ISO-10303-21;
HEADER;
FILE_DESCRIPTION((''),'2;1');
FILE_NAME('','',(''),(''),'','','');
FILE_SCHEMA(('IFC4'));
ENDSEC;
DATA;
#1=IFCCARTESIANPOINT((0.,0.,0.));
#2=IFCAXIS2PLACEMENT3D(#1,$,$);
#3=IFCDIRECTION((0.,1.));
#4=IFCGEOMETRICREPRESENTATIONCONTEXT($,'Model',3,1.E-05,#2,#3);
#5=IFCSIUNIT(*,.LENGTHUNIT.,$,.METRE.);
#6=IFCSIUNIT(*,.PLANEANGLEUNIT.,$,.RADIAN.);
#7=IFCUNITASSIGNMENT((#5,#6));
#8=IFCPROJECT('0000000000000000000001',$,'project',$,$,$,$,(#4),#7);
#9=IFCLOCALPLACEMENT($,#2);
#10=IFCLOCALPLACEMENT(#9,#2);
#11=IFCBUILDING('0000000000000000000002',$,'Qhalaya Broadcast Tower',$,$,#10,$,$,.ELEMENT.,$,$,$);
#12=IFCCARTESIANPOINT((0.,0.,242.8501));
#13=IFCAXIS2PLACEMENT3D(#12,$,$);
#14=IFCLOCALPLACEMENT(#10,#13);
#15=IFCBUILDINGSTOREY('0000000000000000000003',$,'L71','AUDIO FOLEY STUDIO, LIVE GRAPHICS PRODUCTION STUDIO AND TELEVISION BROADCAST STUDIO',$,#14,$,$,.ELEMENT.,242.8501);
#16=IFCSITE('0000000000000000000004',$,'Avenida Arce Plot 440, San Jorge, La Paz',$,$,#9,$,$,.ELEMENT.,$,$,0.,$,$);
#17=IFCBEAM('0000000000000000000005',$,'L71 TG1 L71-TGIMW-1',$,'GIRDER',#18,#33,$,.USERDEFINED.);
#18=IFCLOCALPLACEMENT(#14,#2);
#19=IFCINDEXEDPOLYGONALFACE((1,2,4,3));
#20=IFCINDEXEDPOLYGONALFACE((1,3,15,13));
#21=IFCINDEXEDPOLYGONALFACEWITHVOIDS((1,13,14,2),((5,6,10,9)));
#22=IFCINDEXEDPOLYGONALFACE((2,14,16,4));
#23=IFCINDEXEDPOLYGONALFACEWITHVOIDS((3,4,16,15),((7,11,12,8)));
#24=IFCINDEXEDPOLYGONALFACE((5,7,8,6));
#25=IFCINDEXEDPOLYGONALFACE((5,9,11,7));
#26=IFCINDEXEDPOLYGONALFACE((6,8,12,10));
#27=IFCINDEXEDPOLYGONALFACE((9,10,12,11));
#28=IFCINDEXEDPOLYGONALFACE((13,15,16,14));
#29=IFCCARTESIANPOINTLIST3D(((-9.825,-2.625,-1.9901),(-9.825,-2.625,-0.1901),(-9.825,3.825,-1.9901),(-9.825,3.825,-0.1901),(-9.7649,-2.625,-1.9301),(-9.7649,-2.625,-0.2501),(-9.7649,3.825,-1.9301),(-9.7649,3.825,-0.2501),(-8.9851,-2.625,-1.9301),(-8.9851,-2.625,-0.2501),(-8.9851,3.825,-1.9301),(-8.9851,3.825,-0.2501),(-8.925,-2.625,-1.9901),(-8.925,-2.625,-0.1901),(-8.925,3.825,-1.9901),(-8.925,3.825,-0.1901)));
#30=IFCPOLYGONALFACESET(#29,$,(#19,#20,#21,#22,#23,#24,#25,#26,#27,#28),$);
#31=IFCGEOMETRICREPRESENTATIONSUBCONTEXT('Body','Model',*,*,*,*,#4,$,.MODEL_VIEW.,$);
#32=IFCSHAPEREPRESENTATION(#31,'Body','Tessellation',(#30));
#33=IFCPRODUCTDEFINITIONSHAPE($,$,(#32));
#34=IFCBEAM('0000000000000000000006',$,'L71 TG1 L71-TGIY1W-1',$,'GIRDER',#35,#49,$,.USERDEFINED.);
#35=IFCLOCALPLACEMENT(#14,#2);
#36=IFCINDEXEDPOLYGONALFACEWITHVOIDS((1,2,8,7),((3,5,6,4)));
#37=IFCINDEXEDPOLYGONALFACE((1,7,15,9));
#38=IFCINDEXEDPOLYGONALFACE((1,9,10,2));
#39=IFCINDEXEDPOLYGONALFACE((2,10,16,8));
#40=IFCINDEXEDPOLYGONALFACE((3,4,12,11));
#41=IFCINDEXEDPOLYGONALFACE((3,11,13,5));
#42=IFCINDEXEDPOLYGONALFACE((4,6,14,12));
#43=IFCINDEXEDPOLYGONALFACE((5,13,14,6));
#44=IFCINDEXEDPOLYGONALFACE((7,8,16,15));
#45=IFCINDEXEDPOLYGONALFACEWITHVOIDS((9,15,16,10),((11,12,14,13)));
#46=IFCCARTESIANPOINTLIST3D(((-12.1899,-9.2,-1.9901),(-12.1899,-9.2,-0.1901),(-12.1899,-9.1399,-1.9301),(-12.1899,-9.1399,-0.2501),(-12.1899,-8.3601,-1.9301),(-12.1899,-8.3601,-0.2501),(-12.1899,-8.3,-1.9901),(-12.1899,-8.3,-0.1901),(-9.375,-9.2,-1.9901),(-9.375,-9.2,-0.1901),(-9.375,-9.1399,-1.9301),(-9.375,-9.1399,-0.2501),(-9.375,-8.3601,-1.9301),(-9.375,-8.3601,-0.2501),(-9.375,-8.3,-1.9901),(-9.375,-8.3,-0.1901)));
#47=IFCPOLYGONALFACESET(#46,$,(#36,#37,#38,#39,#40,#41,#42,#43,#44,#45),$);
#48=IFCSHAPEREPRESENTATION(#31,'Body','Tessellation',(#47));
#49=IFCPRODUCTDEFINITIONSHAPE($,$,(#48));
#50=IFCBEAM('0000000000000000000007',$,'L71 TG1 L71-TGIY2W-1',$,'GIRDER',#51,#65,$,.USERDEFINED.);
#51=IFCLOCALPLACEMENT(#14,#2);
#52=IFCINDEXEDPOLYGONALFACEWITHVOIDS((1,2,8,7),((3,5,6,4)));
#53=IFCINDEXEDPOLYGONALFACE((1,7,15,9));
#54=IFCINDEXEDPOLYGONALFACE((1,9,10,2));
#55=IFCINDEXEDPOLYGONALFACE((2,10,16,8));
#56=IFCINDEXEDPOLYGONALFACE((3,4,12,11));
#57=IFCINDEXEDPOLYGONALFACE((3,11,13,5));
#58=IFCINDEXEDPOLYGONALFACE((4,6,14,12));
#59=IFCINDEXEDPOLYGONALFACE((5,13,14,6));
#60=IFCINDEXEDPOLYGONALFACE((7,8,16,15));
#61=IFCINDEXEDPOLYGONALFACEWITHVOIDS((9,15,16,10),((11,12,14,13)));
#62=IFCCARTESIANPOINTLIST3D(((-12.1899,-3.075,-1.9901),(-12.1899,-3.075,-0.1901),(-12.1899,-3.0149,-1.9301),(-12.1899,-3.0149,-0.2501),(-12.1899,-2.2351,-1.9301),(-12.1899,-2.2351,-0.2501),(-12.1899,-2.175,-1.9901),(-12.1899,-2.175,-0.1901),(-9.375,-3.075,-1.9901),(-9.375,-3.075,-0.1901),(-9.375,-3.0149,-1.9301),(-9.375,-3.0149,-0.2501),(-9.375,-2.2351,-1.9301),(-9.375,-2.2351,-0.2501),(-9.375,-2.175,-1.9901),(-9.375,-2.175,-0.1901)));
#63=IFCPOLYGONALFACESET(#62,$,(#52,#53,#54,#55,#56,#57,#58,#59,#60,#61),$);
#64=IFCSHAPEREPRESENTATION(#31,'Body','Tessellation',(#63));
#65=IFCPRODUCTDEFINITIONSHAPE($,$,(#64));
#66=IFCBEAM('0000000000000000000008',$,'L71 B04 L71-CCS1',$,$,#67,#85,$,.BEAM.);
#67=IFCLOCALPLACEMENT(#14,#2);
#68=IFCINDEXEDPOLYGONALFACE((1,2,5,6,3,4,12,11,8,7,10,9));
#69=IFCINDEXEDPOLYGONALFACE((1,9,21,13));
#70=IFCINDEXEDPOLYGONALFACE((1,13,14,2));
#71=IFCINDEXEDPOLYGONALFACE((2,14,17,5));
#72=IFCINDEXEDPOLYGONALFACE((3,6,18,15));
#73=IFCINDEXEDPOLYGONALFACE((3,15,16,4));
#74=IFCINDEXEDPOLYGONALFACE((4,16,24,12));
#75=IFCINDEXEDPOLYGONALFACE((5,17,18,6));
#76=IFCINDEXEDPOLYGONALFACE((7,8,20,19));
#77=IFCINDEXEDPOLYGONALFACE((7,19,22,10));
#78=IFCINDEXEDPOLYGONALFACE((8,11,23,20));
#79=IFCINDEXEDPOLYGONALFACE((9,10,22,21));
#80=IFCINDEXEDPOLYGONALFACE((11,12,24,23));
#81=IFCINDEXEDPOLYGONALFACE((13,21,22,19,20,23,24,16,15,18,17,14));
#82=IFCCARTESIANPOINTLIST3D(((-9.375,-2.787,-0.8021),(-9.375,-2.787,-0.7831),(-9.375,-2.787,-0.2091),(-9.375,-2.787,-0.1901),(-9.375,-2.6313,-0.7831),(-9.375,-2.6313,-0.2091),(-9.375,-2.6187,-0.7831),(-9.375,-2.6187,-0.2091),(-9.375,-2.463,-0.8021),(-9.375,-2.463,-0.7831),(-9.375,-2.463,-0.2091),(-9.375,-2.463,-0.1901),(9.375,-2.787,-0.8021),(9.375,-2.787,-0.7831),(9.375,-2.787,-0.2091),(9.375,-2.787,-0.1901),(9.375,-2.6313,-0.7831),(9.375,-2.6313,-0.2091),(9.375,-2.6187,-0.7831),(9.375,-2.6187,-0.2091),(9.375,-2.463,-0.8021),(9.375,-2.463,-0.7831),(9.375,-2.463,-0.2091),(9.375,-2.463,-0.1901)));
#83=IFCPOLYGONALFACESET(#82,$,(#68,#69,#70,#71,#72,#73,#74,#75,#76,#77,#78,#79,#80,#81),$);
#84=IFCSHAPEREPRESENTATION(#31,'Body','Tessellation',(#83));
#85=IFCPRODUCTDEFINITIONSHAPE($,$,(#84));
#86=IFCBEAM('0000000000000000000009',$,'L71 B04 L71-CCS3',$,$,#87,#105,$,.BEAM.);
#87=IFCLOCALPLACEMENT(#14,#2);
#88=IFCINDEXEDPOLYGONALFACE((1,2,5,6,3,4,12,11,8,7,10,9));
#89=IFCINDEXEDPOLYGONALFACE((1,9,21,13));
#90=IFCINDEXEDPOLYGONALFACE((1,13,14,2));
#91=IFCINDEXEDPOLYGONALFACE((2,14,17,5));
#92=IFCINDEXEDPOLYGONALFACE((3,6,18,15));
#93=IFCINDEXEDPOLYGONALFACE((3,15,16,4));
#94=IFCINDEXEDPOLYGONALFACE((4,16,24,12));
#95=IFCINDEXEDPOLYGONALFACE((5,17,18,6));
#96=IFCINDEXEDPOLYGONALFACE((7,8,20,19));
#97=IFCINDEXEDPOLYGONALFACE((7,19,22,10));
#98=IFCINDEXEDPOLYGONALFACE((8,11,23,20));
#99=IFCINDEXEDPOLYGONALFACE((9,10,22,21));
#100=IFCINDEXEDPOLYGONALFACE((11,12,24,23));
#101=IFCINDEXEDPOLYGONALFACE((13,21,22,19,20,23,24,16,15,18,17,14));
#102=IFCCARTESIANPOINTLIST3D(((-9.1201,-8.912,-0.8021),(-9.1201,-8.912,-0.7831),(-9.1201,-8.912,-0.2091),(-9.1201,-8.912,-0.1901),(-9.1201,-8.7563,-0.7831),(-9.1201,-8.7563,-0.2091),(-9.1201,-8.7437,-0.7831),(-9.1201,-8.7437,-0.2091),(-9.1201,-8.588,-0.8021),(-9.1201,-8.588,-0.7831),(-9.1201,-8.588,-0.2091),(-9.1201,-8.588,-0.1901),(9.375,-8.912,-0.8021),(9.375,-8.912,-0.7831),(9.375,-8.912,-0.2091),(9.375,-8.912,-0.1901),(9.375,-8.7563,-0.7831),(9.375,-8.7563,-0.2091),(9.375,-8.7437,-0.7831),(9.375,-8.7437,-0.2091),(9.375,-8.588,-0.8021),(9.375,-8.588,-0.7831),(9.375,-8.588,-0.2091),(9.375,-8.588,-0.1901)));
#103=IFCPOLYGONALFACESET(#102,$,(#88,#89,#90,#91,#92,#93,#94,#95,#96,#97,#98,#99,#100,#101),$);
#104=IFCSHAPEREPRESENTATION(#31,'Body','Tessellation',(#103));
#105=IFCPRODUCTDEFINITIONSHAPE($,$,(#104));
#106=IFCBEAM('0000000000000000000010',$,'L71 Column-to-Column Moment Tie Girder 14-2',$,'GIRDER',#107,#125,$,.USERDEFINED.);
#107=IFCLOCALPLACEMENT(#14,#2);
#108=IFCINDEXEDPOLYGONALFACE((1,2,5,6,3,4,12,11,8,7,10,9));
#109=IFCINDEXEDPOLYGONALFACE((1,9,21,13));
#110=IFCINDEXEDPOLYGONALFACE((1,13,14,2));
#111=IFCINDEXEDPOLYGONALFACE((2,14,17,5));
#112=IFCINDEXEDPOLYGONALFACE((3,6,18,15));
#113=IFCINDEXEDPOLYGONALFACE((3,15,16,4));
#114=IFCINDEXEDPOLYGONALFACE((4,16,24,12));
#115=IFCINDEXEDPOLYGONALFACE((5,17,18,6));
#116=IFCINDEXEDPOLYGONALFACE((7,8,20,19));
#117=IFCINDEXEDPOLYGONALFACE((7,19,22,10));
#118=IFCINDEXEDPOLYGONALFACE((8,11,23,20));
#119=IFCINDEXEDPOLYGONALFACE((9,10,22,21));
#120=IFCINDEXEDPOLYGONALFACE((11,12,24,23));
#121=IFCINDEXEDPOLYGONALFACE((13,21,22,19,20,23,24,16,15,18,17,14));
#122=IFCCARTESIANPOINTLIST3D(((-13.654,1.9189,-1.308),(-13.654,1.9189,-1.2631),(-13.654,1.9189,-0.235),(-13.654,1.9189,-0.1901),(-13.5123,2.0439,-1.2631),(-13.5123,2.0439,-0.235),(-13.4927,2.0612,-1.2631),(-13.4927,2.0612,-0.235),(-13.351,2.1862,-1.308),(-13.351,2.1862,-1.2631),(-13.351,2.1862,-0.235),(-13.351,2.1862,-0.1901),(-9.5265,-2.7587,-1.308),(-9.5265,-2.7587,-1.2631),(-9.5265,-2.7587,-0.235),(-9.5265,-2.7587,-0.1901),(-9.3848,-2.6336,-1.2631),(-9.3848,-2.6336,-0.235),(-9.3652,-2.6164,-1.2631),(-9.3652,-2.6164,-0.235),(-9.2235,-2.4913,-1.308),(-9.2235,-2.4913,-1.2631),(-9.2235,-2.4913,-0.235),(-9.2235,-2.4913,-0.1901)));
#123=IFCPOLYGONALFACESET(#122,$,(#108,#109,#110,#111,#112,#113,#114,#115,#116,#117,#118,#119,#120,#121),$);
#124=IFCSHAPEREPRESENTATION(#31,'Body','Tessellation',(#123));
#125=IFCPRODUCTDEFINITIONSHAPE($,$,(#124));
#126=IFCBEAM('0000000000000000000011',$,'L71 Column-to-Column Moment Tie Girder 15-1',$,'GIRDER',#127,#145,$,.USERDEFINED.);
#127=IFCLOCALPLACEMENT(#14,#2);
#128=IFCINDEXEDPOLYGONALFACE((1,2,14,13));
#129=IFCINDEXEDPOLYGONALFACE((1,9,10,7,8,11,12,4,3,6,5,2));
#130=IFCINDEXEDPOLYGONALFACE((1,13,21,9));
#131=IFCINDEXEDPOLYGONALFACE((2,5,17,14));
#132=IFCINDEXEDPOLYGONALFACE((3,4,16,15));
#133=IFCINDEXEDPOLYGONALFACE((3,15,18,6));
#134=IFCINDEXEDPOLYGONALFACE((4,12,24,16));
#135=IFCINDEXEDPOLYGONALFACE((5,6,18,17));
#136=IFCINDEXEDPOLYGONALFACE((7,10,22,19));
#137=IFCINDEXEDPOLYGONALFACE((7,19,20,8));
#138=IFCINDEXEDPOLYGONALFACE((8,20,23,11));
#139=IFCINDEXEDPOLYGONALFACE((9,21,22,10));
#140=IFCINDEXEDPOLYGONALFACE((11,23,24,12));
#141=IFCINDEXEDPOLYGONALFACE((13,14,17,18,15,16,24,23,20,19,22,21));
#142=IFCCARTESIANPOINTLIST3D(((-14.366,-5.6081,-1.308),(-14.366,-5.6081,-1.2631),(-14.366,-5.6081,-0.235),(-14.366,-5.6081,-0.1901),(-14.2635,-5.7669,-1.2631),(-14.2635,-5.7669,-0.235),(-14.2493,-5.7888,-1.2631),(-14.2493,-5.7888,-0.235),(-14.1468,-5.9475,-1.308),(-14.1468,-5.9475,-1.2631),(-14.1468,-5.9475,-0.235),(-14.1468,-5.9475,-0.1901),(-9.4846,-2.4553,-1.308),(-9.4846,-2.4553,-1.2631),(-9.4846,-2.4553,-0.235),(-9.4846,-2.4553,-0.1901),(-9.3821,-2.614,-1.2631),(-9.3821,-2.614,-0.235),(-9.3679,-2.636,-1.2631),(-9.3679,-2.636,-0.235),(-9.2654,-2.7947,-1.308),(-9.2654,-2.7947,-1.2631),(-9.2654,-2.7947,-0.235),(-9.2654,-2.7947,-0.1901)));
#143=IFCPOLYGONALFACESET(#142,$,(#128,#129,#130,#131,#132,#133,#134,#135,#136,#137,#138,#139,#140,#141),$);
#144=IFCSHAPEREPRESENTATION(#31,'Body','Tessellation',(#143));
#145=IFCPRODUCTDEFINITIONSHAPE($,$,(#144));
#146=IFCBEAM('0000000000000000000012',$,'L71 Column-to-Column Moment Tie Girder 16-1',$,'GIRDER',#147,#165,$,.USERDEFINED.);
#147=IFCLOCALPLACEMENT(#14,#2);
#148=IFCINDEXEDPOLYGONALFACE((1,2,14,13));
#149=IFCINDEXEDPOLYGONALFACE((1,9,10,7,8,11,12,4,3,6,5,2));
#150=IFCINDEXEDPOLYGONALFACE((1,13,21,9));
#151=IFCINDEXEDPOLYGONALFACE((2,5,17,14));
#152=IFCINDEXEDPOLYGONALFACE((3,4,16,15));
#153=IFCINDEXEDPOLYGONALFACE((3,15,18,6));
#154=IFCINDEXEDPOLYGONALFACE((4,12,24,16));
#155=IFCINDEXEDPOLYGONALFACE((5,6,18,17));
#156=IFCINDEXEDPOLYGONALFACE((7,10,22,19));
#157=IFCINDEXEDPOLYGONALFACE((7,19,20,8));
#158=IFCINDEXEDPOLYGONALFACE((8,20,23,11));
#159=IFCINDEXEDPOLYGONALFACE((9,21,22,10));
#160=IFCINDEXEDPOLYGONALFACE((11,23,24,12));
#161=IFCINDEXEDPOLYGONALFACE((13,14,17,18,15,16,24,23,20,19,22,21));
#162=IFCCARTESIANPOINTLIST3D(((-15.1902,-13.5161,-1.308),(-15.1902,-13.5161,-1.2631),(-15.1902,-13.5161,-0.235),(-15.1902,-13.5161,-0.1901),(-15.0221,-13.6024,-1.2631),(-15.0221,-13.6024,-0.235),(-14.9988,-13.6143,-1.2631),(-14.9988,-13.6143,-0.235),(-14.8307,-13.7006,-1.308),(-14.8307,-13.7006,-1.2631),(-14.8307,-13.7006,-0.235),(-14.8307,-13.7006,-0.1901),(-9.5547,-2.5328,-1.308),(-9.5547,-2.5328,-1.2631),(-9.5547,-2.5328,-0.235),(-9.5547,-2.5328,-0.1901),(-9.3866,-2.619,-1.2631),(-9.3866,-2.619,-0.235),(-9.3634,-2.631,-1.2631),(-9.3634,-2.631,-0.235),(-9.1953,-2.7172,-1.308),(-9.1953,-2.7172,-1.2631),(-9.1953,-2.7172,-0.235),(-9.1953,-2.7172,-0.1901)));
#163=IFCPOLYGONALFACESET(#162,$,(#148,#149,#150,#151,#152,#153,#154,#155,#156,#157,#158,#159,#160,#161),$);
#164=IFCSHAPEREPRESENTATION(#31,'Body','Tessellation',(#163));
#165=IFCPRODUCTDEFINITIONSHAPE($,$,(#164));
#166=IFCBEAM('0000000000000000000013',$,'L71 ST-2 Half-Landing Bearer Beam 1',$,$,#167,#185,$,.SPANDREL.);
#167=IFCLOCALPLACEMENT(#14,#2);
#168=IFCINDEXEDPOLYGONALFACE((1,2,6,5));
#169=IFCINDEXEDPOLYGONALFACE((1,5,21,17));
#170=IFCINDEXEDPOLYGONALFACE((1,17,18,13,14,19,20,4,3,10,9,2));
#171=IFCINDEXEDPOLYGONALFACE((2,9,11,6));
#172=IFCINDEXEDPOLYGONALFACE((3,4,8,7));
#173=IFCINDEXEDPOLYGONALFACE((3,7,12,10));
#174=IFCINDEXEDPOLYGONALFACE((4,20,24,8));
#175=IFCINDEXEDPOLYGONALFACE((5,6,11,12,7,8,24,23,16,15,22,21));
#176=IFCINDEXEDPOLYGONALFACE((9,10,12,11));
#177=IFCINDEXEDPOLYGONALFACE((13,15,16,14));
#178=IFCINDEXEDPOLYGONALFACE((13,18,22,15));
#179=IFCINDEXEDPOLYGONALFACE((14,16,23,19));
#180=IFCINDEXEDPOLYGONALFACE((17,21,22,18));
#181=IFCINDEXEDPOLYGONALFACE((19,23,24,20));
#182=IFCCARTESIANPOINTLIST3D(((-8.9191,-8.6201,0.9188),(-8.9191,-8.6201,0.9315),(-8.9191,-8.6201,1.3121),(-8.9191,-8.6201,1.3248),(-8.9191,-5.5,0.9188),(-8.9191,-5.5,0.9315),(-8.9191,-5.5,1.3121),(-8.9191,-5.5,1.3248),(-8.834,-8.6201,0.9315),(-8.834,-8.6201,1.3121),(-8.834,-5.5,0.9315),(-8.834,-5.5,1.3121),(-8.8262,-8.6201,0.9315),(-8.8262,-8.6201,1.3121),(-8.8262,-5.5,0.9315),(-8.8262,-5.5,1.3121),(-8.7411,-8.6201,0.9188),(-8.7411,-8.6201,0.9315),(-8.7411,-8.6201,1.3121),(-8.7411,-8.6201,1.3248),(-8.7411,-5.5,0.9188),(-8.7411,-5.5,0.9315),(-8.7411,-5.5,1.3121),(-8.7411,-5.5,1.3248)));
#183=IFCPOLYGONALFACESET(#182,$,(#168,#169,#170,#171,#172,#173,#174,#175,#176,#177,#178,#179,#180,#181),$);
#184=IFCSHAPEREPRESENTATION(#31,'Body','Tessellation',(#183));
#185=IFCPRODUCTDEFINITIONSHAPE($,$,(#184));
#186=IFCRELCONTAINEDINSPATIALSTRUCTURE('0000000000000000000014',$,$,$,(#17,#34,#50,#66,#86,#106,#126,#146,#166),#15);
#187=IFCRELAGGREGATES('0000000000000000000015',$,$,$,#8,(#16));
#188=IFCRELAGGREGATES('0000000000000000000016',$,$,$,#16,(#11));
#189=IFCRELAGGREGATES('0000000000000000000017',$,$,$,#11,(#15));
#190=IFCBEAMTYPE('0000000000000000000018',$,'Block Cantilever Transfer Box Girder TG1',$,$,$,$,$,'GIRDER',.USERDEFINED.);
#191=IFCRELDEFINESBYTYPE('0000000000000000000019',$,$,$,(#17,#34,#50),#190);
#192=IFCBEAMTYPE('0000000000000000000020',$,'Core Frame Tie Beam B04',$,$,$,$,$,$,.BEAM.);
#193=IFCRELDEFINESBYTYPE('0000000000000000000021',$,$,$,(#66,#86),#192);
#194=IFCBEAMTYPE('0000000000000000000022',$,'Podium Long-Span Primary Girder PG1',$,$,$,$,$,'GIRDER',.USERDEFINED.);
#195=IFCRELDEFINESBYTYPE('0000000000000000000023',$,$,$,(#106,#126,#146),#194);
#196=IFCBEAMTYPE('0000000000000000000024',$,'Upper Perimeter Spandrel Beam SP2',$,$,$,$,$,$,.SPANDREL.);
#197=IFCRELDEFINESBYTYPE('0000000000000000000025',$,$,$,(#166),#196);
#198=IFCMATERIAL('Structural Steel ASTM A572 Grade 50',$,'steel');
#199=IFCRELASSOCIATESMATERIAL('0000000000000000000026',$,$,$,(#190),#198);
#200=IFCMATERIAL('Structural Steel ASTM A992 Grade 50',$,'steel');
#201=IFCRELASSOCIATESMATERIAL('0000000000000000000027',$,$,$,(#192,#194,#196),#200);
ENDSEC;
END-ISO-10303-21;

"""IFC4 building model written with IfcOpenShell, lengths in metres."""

from ifc_helpers import new_model, si_unit, direction, frame, origin, origin_2d, place, context, subcontext, project, spatial, hollow_rectangle, i_section, extrude, material, material_profile, profile_set, type_object, element, save


model = new_model("IFC4")

# Units and contexts
model_context = context("Model", 3, precision=1e-05, world=origin(), true_north=direction((0.0, 1.0)))
body_context = subcontext(model_context, "Body", "Model", "MODEL_VIEW")
ifc_project = project(units=[si_unit("LENGTHUNIT", "METRE"), si_unit("PLANEANGLEUNIT", "RADIAN")], contexts=[model_context])

# Site, building, storey
site_placement = place(None, origin())
site = spatial("IfcSite", under=ifc_project, at=site_placement, Name="Avenida Arce Plot 440, San Jorge, La Paz", CompositionType="ELEMENT", RefElevation=0.0)
building_placement = place(site_placement, origin())
building = spatial("IfcBuilding", under=site, at=building_placement, Name="Qhalaya Broadcast Tower", CompositionType="ELEMENT")
storey_placement = place(building_placement, frame((0.0, 0.0, 242.8501)))
storey = spatial("IfcBuildingStorey", under=building, at=storey_placement, Name="L71", Description="AUDIO FOLEY STUDIO, LIVE GRAPHICS PRODUCTION STUDIO AND TELEVISION BROADCAST STUDIO", CompositionType="ELEMENT", Elevation=242.8501)

# Beams
ifc_material_1 = material(Name="Structural Steel ASTM A572 Grade 50", Category="steel")
ifc_material_profile_1 = material_profile(ifc_material_1, hollow_rectangle(XDim=0.8999, YDim=1.8, WallThickness=0.0601, at=origin_2d()), Name="BOX 900x1800x60")
ifc_profile_set_1 = profile_set([ifc_material_profile_1], Name="Structural Steel ASTM A572 Grade 50")
beam_type_1 = type_object("IfcBeamType", Name="Block Cantilever Transfer Box Girder TG1", ElementType="GIRDER", PredefinedType="USERDEFINED", material=ifc_profile_set_1)
beam_1_placement = place(storey_placement, frame((-9.375, -2.625, -1.0901), z_axis=(0.0, 1.0, 0.0), x_axis=(-1.0, 0.0, 0.0)))
element("IfcBeam", 1, at=beam_1_placement, inside=storey, type_object=beam_type_1, Name="L71 TG1 L71-TGIMW-1", ObjectType="GIRDER", PredefinedType="USERDEFINED", context=body_context, shape_type="SweptSolid", body=[
    extrude(hollow_rectangle(XDim=0.8999, YDim=1.8, WallThickness=0.0601, at=origin_2d()), origin(), (0.0, 0.0, 1.0), 6.45),
])
for number, where, z_axis, x_axis, name in (
    (2, (-12.1899, -8.75, -1.0901), (1.0, 0.0, 0.0), (0.0, 1.0, 0.0), "L71 TG1 L71-TGIY1W-1"),
    (3, (-12.1899, -2.625, -1.0901), (1.0, 0.0, 0.0), (0.0, 1.0, 0.0), "L71 TG1 L71-TGIY2W-1"),
):
    element("IfcBeam", number, at=place(storey_placement, frame(where, z_axis=z_axis, x_axis=x_axis)), inside=storey, type_object=beam_type_1, Name=name, ObjectType="GIRDER", PredefinedType="USERDEFINED", context=body_context, shape_type="SweptSolid", body=[
        extrude(hollow_rectangle(XDim=0.8999, YDim=1.8, WallThickness=0.0601, at=origin_2d()), origin(), (0.0, 0.0, 1.0), 2.8149),
    ])
ifc_material_2 = material(Name="Structural Steel ASTM A992 Grade 50", Category="steel")
ifc_material_profile_2 = material_profile(ifc_material_2, i_section(OverallWidth=0.324, OverallDepth=0.6121, WebThickness=0.0127, FlangeThickness=0.019, at=origin_2d()), Name="W24X104")
ifc_profile_set_2 = profile_set([ifc_material_profile_2], Name="Structural Steel ASTM A992 Grade 50")
beam_type_2 = type_object("IfcBeamType", Name="Core Frame Tie Beam B04", PredefinedType="BEAM", material=ifc_profile_set_2)
beam_2_placement = place(storey_placement, frame((-9.375, -2.625, -0.4961), z_axis=(1.0, 0.0, 0.0), x_axis=(0.0, 1.0, 0.0)))
element("IfcBeam", 4, at=beam_2_placement, inside=storey, type_object=beam_type_2, Name="L71 B04 L71-CCS1", PredefinedType="BEAM", context=body_context, shape_type="SweptSolid", body=[
    extrude(i_section(OverallWidth=0.324, OverallDepth=0.6121, WebThickness=0.0127, FlangeThickness=0.019, at=origin_2d()), origin(), (0.0, 0.0, 1.0), 18.75),
])
beam_3_placement = place(storey_placement, frame((-9.1201, -8.75, -0.4961), z_axis=(1.0, 0.0, 0.0), x_axis=(0.0, 1.0, 0.0)))
element("IfcBeam", 5, at=beam_3_placement, inside=storey, type_object=beam_type_2, Name="L71 B04 L71-CCS3", PredefinedType="BEAM", context=body_context, shape_type="SweptSolid", body=[
    extrude(i_section(OverallWidth=0.324, OverallDepth=0.6121, WebThickness=0.0127, FlangeThickness=0.019, at=origin_2d()), origin(), (0.0, 0.0, 1.0), 18.4951),
])
ifc_material_profile_3 = material_profile(ifc_material_2, i_section(OverallWidth=0.4041, OverallDepth=1.1179, WebThickness=0.0261, FlangeThickness=0.0449, at=origin_2d()), Name="W44X335")
ifc_profile_set_3 = profile_set([ifc_material_profile_3], Name="Structural Steel ASTM A992 Grade 50")
beam_type_3 = type_object("IfcBeamType", Name="Podium Long-Span Primary Girder PG1", ElementType="GIRDER", PredefinedType="USERDEFINED", material=ifc_profile_set_3)
beam_4_placement = place(storey_placement, frame((-9.375, -2.625, -0.749), z_axis=(-0.661644, 0.749818, 0.0), x_axis=(-0.749818, -0.661644, 0.0)))
element("IfcBeam", 6, at=beam_4_placement, inside=storey, type_object=beam_type_3, Name="L71 Column-to-Column Moment Tie Girder 14-2", ObjectType="GIRDER", PredefinedType="USERDEFINED", context=body_context, shape_type="SweptSolid", body=[
    extrude(i_section(OverallWidth=0.4041, OverallDepth=1.1179, WebThickness=0.0261, FlangeThickness=0.0449, at=origin_2d()), origin(), (0.0, 0.0, 1.0), 6.2383),
])
beam_5_placement = place(storey_placement, frame((-9.375, -2.625, -0.749), z_axis=(-0.840016, -0.542561, 0.0), x_axis=(0.542561, -0.840016, 0.0)))
element("IfcBeam", 7, at=beam_5_placement, inside=storey, type_object=beam_type_3, Name="L71 Column-to-Column Moment Tie Girder 15-1", ObjectType="GIRDER", PredefinedType="USERDEFINED", context=body_context, shape_type="SweptSolid", body=[
    extrude(i_section(OverallWidth=0.4041, OverallDepth=1.1179, WebThickness=0.0261, FlangeThickness=0.0449, at=origin_2d()), origin(), (0.0, 0.0, 1.0), 5.811),
])
beam_6_placement = place(storey_placement, frame((-9.375, -2.625, -0.749), z_axis=(-0.456508, -0.889719, 0.0), x_axis=(0.889719, -0.456508, 0.0)))
element("IfcBeam", 8, at=beam_6_placement, inside=storey, type_object=beam_type_3, Name="L71 Column-to-Column Moment Tie Girder 16-1", ObjectType="GIRDER", PredefinedType="USERDEFINED", context=body_context, shape_type="SweptSolid", body=[
    extrude(i_section(OverallWidth=0.4041, OverallDepth=1.1179, WebThickness=0.0261, FlangeThickness=0.0449, at=origin_2d()), origin(), (0.0, 0.0, 1.0), 12.3447),
])
ifc_material_profile_4 = material_profile(ifc_material_2, i_section(OverallWidth=0.178, OverallDepth=0.406, WebThickness=0.0078, FlangeThickness=0.0127, at=origin_2d()), Name="W16X40")
ifc_profile_set_4 = profile_set([ifc_material_profile_4], Name="Structural Steel ASTM A992 Grade 50")
beam_type_4 = type_object("IfcBeamType", Name="Upper Perimeter Spandrel Beam SP2", PredefinedType="SPANDREL", material=ifc_profile_set_4)
for number, where, z_axis, x_axis, name in (
    (9, (-8.8301, -8.6201, 1.1218), (0.0, 1.0, 0.0), (-1.0, 0.0, 0.0), "L71 ST-2 Half-Landing Bearer Beam 1"),
):
    element("IfcBeam", number, at=place(storey_placement, frame(where, z_axis=z_axis, x_axis=x_axis)), inside=storey, type_object=beam_type_4, Name=name, PredefinedType="SPANDREL", context=body_context, shape_type="SweptSolid", body=[
        extrude(i_section(OverallWidth=0.178, OverallDepth=0.406, WebThickness=0.0078, FlangeThickness=0.0127, at=origin_2d()), origin(), (0.0, 0.0, 1.0), 3.1201),
    ])

save(model, "model.ifc")
